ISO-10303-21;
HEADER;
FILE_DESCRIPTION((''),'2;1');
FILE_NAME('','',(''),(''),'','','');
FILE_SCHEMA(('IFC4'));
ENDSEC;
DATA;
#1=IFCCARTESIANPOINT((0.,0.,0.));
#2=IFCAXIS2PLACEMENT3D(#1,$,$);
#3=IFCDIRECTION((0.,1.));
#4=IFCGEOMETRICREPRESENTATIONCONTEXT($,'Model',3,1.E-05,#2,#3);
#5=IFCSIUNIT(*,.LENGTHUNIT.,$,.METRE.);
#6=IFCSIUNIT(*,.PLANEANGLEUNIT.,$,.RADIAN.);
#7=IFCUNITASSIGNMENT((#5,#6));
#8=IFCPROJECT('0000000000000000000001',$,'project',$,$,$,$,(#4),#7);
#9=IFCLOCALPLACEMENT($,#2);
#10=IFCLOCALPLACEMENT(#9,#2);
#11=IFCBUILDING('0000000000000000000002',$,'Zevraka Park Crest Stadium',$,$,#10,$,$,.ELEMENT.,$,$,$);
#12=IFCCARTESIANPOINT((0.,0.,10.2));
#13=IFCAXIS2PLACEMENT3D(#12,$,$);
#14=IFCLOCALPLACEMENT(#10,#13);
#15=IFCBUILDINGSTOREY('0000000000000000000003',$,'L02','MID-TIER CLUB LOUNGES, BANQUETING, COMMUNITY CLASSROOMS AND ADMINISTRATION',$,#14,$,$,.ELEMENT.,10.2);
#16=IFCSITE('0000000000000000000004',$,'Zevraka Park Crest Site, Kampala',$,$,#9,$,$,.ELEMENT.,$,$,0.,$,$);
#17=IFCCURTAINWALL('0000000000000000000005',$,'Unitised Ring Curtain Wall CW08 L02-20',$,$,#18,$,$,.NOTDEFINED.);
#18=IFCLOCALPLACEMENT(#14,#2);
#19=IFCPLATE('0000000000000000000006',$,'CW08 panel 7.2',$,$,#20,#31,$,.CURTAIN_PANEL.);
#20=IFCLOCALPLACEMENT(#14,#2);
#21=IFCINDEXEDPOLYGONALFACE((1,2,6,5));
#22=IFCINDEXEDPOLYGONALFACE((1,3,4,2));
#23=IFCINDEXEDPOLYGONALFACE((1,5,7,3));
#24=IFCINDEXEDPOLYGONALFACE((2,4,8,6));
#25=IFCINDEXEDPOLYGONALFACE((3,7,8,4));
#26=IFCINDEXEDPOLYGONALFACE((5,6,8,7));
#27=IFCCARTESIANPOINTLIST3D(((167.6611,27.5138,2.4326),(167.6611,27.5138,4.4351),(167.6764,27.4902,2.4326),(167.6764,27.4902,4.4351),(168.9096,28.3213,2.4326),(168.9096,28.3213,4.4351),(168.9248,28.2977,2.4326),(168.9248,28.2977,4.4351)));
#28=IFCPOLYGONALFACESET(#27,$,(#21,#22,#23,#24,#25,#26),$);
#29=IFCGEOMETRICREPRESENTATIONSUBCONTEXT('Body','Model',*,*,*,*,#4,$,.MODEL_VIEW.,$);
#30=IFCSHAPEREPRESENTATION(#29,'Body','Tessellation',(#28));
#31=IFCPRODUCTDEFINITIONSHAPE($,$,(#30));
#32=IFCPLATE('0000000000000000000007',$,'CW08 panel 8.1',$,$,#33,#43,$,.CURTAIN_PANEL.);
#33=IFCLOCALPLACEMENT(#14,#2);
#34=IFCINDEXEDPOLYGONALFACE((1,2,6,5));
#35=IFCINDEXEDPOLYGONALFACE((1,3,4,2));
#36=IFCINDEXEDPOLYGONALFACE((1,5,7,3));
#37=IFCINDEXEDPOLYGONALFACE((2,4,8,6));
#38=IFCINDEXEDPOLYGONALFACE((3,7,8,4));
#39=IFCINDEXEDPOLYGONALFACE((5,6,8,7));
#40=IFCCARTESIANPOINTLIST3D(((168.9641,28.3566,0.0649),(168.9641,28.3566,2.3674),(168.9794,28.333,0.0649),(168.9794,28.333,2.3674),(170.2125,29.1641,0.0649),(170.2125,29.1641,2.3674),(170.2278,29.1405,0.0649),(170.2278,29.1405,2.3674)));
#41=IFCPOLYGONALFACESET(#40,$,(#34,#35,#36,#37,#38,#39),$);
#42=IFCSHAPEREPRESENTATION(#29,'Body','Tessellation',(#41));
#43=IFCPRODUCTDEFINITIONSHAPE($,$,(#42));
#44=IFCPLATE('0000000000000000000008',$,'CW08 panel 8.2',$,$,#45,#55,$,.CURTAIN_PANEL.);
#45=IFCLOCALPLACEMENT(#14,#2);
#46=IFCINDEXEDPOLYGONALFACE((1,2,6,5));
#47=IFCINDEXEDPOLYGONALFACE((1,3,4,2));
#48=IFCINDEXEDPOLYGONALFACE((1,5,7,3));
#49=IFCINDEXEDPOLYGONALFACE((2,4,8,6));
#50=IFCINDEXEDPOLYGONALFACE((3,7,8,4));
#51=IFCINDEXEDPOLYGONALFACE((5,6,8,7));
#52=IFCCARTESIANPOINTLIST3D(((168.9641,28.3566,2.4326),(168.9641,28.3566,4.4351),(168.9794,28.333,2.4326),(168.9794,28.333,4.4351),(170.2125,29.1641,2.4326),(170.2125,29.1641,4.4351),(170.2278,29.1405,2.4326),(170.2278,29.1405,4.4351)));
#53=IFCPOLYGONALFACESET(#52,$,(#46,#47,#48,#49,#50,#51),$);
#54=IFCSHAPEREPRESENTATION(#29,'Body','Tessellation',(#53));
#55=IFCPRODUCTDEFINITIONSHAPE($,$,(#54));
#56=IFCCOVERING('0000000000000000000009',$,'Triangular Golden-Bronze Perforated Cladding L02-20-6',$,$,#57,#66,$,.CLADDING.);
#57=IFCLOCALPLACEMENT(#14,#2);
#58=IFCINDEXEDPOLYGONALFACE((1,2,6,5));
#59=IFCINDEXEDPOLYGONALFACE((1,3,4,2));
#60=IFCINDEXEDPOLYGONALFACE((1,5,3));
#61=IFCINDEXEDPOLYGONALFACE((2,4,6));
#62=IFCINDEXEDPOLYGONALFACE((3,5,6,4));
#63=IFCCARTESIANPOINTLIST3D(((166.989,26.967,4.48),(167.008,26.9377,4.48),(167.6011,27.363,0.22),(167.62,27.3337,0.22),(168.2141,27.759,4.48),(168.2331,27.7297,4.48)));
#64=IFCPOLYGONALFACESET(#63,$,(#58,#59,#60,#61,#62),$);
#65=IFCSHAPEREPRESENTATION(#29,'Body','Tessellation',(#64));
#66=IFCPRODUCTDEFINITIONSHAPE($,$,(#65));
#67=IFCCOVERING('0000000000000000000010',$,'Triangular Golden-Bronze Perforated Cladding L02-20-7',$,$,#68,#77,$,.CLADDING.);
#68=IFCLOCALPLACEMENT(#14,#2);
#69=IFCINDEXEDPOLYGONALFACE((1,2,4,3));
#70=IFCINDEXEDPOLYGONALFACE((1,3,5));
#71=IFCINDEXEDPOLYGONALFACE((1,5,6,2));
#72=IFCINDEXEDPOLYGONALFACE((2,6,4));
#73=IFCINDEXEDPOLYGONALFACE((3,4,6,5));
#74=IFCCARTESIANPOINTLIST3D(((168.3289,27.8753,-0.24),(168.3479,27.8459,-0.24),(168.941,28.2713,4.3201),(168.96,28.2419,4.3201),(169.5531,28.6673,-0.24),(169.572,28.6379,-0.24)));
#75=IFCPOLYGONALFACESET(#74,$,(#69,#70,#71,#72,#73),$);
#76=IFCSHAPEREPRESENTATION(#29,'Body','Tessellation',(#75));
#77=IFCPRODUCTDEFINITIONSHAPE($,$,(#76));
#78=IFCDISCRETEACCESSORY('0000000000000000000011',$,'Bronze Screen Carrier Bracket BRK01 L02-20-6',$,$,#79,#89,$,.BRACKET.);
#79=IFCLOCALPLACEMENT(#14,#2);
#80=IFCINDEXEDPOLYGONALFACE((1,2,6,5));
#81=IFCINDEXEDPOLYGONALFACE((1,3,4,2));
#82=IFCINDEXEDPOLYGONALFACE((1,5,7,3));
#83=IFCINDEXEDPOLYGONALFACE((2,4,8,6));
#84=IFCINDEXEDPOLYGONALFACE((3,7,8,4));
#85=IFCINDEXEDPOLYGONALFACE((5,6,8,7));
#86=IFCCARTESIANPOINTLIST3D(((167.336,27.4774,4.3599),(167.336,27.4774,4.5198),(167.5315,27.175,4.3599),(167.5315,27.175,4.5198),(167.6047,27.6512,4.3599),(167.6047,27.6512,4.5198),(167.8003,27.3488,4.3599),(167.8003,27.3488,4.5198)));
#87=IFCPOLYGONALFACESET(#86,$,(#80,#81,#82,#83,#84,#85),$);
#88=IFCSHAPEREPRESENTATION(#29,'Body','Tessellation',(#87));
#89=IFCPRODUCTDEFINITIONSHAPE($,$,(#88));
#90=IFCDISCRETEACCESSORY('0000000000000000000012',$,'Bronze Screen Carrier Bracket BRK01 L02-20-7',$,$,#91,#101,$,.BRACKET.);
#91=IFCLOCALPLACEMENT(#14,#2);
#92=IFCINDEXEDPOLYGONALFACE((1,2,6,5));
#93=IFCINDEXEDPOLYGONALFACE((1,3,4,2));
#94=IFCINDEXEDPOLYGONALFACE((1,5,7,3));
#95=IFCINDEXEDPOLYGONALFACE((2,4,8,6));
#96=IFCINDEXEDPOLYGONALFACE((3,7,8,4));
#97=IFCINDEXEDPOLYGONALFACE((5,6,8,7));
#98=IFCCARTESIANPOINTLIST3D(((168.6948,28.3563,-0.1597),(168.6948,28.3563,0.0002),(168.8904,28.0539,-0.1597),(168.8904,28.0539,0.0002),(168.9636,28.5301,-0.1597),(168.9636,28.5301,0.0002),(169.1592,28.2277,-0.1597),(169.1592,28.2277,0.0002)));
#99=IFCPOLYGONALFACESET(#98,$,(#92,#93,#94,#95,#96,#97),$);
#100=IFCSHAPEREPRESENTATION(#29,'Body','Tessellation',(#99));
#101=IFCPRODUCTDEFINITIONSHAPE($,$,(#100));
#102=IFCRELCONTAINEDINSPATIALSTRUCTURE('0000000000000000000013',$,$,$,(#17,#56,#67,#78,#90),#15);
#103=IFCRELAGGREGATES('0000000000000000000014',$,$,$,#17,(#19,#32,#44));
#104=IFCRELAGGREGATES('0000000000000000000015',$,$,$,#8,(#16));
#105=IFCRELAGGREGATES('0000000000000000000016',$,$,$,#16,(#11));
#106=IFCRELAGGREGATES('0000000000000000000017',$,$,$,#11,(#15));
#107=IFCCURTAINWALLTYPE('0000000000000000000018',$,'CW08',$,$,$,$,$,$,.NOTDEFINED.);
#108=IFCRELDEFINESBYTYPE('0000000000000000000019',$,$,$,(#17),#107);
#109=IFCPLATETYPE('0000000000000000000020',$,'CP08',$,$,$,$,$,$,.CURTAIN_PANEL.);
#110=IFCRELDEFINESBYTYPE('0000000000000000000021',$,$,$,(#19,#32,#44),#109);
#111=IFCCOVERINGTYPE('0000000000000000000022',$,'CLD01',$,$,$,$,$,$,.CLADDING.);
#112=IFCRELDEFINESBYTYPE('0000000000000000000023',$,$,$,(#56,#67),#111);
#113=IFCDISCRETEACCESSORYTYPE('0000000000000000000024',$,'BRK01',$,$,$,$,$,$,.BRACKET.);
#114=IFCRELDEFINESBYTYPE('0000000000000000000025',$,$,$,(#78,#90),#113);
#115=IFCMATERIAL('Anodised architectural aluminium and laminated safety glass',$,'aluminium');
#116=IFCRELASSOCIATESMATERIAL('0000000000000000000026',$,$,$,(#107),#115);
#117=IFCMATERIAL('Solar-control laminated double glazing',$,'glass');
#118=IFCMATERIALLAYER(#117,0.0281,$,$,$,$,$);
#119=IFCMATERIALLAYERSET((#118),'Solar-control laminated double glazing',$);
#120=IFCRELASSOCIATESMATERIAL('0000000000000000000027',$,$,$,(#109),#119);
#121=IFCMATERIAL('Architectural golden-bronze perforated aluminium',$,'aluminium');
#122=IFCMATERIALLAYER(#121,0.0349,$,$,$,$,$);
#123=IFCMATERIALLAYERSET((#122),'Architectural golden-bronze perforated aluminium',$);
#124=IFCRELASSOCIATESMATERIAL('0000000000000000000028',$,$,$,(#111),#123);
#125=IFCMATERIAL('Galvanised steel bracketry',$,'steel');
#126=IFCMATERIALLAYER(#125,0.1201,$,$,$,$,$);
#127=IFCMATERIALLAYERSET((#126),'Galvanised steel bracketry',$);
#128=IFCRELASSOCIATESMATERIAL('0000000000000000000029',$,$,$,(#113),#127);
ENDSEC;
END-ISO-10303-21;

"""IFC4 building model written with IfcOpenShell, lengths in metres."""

from ifc_helpers import new_model, si_unit, direction, frame, origin, origin_2d, place, context, subcontext, project, spatial, polyline, rectangle, outline, extrude, material, layer, layer_set, type_object, element, aggregate, save


model = new_model("IFC4")

# Units and contexts
model_context = context("Model", 3, precision=1e-05, world=origin(), true_north=direction((0.0, 1.0)))
body_context = subcontext(model_context, "Body", "Model", "MODEL_VIEW")
ifc_project = project(units=[si_unit("LENGTHUNIT", "METRE"), si_unit("PLANEANGLEUNIT", "RADIAN")], contexts=[model_context])

# Site, building, storey
site_placement = place(None, origin())
site = spatial("IfcSite", under=ifc_project, at=site_placement, Name="Zevraka Park Crest Site, Kampala", CompositionType="ELEMENT", RefElevation=0.0)
building_placement = place(site_placement, origin())
building = spatial("IfcBuilding", under=site, at=building_placement, Name="Zevraka Park Crest Stadium", CompositionType="ELEMENT")
storey_placement = place(building_placement, frame((0.0, 0.0, 10.2)))
storey = spatial("IfcBuildingStorey", under=building, at=storey_placement, Name="L02", Description="MID-TIER CLUB LOUNGES, BANQUETING, COMMUNITY CLASSROOMS AND ADMINISTRATION", CompositionType="ELEMENT", Elevation=10.2)

# Curtain wall
ifc_material_1 = material(Name="Anodised architectural aluminium and laminated safety glass", Category="aluminium")
curtain_wall_type = type_object("IfcCurtainWallType", Name="CW08", PredefinedType="NOTDEFINED", material=ifc_material_1)
curtain_wall_placement = place(storey_placement, origin())
curtain_wall = element("IfcCurtainWall", 1, at=curtain_wall_placement, inside=storey, type_object=curtain_wall_type, Name="Unitised Ring Curtain Wall CW08 L02-20", PredefinedType="NOTDEFINED")

# Plates
ifc_material_2 = material(Name="Solar-control laminated double glazing", Category="glass")
ifc_layer_1 = layer(ifc_material_2, 0.0281)
ifc_layer_set_1 = layer_set([ifc_layer_1], Name="Solar-control laminated double glazing")
plate_type = type_object("IfcPlateType", Name="CP08", PredefinedType="CURTAIN_PANEL", material=ifc_layer_set_1)
plate_1_placement = place(storey_placement, frame((168.293, 27.9058, 2.4326), z_axis=(0.0, 0.0, 1.0), x_axis=(0.83967, 0.543096, 0.0)))
plate_1 = element("IfcPlate", 2, at=plate_1_placement, type_object=plate_type, Name="CW08 panel 7.2", PredefinedType="CURTAIN_PANEL", context=body_context, shape_type="SweptSolid", body=[
    extrude(rectangle(XDim=1.4868, YDim=0.0281, at=origin_2d()), origin(), (0.0, 0.0, 1.0), 2.0024),
])
plate_2_placement = place(storey_placement, frame((169.5959, 28.7485, 0.0649), z_axis=(0.0, 0.0, 1.0), x_axis=(0.83967, 0.543096, 0.0)))
plate_2 = element("IfcPlate", 3, at=plate_2_placement, type_object=plate_type, Name="CW08 panel 8.1", PredefinedType="CURTAIN_PANEL", context=body_context, shape_type="SweptSolid", body=[
    extrude(rectangle(XDim=1.4868, YDim=0.0281, at=origin_2d()), origin(), (0.0, 0.0, 1.0), 2.3025),
])
plate_3_placement = place(storey_placement, frame((169.5959, 28.7485, 2.4326), z_axis=(0.0, 0.0, 1.0), x_axis=(0.83967, 0.543096, 0.0)))
plate_3 = element("IfcPlate", 4, at=plate_3_placement, type_object=plate_type, Name="CW08 panel 8.2", PredefinedType="CURTAIN_PANEL", context=body_context, shape_type="SweptSolid", body=[
    extrude(rectangle(XDim=1.4868, YDim=0.0281, at=origin_2d()), origin(), (0.0, 0.0, 1.0), 2.0024),
])
aggregate(curtain_wall, [plate_1, plate_2, plate_3])

# Coverings
ifc_material_3 = material(Name="Architectural golden-bronze perforated aluminium", Category="aluminium")
ifc_layer_2 = layer(ifc_material_3, 0.0349)
ifc_layer_set_2 = layer_set([ifc_layer_2], Name="Architectural golden-bronze perforated aluminium")
covering_type = type_object("IfcCoveringType", Name="CLD01", PredefinedType="CLADDING", material=ifc_layer_set_2)
covering_1_placement = place(storey_placement, frame((168.2141, 27.759, 4.48), z_axis=(-0.542904, 0.839795, 0.000062), x_axis=(-0.839795, -0.542904, 0.0)))
element("IfcCovering", 5, at=covering_1_placement, inside=storey, type_object=covering_type, Name="Triangular Golden-Bronze Perforated Cladding L02-20-6", PredefinedType="CLADDING", context=body_context, shape_type="SweptSolid", body=[
    extrude(outline(polyline([(0.0, 0.0), (1.4588, 0.0), (0.7298, -4.26), (0.0, 0.0)])), origin(), (0.0, 0.0, -1.0), 0.0349),
])
covering_2_placement = place(storey_placement, frame((168.3479, 27.8459, -0.24), z_axis=(0.54321, -0.839597, 0.0), x_axis=(0.839597, 0.54321, 0.0)))
element("IfcCovering", 6, at=covering_2_placement, inside=storey, type_object=covering_type, Name="Triangular Golden-Bronze Perforated Cladding L02-20-7", PredefinedType="CLADDING", context=body_context, shape_type="SweptSolid", body=[
    extrude(outline(polyline([(0.0, 0.0), (1.458, 0.0), (0.729, 4.5601), (0.0, 0.0)])), origin(), (0.0, 0.0, -1.0), 0.0349),
])

# Discrete accessories
ifc_material_4 = material(Name="Galvanised steel bracketry", Category="steel")
ifc_layer_3 = layer(ifc_material_4, 0.1201)
ifc_layer_set_3 = layer_set([ifc_layer_3], Name="Galvanised steel bracketry")
discrete_accessory_type = type_object("IfcDiscreteAccessoryType", Name="BRK01", PredefinedType="BRACKET", material=ifc_layer_set_3)
for number, where, z_axis, x_axis, name in (
    (7, (167.5681, 27.4131, 4.3599), (0.0, 0.0, 1.0), (0.839715, 0.543028, 0.0), "Bronze Screen Carrier Bracket BRK01 L02-20-6"),
    (8, (168.927, 28.292, -0.1597), (0.0, 0.0, 1.0), (0.839715, 0.543028, 0.0), "Bronze Screen Carrier Bracket BRK01 L02-20-7"),
):
    element("IfcDiscreteAccessory", number, at=place(storey_placement, frame(where, z_axis=z_axis, x_axis=x_axis)), inside=storey, type_object=discrete_accessory_type, Name=name, PredefinedType="BRACKET", context=body_context, shape_type="SweptSolid", body=[
        extrude(rectangle(XDim=0.3201, YDim=0.3601, at=origin_2d()), origin(), (0.0, 0.0, 1.0), 0.1599),
    ])

save(model, "model.ifc")
